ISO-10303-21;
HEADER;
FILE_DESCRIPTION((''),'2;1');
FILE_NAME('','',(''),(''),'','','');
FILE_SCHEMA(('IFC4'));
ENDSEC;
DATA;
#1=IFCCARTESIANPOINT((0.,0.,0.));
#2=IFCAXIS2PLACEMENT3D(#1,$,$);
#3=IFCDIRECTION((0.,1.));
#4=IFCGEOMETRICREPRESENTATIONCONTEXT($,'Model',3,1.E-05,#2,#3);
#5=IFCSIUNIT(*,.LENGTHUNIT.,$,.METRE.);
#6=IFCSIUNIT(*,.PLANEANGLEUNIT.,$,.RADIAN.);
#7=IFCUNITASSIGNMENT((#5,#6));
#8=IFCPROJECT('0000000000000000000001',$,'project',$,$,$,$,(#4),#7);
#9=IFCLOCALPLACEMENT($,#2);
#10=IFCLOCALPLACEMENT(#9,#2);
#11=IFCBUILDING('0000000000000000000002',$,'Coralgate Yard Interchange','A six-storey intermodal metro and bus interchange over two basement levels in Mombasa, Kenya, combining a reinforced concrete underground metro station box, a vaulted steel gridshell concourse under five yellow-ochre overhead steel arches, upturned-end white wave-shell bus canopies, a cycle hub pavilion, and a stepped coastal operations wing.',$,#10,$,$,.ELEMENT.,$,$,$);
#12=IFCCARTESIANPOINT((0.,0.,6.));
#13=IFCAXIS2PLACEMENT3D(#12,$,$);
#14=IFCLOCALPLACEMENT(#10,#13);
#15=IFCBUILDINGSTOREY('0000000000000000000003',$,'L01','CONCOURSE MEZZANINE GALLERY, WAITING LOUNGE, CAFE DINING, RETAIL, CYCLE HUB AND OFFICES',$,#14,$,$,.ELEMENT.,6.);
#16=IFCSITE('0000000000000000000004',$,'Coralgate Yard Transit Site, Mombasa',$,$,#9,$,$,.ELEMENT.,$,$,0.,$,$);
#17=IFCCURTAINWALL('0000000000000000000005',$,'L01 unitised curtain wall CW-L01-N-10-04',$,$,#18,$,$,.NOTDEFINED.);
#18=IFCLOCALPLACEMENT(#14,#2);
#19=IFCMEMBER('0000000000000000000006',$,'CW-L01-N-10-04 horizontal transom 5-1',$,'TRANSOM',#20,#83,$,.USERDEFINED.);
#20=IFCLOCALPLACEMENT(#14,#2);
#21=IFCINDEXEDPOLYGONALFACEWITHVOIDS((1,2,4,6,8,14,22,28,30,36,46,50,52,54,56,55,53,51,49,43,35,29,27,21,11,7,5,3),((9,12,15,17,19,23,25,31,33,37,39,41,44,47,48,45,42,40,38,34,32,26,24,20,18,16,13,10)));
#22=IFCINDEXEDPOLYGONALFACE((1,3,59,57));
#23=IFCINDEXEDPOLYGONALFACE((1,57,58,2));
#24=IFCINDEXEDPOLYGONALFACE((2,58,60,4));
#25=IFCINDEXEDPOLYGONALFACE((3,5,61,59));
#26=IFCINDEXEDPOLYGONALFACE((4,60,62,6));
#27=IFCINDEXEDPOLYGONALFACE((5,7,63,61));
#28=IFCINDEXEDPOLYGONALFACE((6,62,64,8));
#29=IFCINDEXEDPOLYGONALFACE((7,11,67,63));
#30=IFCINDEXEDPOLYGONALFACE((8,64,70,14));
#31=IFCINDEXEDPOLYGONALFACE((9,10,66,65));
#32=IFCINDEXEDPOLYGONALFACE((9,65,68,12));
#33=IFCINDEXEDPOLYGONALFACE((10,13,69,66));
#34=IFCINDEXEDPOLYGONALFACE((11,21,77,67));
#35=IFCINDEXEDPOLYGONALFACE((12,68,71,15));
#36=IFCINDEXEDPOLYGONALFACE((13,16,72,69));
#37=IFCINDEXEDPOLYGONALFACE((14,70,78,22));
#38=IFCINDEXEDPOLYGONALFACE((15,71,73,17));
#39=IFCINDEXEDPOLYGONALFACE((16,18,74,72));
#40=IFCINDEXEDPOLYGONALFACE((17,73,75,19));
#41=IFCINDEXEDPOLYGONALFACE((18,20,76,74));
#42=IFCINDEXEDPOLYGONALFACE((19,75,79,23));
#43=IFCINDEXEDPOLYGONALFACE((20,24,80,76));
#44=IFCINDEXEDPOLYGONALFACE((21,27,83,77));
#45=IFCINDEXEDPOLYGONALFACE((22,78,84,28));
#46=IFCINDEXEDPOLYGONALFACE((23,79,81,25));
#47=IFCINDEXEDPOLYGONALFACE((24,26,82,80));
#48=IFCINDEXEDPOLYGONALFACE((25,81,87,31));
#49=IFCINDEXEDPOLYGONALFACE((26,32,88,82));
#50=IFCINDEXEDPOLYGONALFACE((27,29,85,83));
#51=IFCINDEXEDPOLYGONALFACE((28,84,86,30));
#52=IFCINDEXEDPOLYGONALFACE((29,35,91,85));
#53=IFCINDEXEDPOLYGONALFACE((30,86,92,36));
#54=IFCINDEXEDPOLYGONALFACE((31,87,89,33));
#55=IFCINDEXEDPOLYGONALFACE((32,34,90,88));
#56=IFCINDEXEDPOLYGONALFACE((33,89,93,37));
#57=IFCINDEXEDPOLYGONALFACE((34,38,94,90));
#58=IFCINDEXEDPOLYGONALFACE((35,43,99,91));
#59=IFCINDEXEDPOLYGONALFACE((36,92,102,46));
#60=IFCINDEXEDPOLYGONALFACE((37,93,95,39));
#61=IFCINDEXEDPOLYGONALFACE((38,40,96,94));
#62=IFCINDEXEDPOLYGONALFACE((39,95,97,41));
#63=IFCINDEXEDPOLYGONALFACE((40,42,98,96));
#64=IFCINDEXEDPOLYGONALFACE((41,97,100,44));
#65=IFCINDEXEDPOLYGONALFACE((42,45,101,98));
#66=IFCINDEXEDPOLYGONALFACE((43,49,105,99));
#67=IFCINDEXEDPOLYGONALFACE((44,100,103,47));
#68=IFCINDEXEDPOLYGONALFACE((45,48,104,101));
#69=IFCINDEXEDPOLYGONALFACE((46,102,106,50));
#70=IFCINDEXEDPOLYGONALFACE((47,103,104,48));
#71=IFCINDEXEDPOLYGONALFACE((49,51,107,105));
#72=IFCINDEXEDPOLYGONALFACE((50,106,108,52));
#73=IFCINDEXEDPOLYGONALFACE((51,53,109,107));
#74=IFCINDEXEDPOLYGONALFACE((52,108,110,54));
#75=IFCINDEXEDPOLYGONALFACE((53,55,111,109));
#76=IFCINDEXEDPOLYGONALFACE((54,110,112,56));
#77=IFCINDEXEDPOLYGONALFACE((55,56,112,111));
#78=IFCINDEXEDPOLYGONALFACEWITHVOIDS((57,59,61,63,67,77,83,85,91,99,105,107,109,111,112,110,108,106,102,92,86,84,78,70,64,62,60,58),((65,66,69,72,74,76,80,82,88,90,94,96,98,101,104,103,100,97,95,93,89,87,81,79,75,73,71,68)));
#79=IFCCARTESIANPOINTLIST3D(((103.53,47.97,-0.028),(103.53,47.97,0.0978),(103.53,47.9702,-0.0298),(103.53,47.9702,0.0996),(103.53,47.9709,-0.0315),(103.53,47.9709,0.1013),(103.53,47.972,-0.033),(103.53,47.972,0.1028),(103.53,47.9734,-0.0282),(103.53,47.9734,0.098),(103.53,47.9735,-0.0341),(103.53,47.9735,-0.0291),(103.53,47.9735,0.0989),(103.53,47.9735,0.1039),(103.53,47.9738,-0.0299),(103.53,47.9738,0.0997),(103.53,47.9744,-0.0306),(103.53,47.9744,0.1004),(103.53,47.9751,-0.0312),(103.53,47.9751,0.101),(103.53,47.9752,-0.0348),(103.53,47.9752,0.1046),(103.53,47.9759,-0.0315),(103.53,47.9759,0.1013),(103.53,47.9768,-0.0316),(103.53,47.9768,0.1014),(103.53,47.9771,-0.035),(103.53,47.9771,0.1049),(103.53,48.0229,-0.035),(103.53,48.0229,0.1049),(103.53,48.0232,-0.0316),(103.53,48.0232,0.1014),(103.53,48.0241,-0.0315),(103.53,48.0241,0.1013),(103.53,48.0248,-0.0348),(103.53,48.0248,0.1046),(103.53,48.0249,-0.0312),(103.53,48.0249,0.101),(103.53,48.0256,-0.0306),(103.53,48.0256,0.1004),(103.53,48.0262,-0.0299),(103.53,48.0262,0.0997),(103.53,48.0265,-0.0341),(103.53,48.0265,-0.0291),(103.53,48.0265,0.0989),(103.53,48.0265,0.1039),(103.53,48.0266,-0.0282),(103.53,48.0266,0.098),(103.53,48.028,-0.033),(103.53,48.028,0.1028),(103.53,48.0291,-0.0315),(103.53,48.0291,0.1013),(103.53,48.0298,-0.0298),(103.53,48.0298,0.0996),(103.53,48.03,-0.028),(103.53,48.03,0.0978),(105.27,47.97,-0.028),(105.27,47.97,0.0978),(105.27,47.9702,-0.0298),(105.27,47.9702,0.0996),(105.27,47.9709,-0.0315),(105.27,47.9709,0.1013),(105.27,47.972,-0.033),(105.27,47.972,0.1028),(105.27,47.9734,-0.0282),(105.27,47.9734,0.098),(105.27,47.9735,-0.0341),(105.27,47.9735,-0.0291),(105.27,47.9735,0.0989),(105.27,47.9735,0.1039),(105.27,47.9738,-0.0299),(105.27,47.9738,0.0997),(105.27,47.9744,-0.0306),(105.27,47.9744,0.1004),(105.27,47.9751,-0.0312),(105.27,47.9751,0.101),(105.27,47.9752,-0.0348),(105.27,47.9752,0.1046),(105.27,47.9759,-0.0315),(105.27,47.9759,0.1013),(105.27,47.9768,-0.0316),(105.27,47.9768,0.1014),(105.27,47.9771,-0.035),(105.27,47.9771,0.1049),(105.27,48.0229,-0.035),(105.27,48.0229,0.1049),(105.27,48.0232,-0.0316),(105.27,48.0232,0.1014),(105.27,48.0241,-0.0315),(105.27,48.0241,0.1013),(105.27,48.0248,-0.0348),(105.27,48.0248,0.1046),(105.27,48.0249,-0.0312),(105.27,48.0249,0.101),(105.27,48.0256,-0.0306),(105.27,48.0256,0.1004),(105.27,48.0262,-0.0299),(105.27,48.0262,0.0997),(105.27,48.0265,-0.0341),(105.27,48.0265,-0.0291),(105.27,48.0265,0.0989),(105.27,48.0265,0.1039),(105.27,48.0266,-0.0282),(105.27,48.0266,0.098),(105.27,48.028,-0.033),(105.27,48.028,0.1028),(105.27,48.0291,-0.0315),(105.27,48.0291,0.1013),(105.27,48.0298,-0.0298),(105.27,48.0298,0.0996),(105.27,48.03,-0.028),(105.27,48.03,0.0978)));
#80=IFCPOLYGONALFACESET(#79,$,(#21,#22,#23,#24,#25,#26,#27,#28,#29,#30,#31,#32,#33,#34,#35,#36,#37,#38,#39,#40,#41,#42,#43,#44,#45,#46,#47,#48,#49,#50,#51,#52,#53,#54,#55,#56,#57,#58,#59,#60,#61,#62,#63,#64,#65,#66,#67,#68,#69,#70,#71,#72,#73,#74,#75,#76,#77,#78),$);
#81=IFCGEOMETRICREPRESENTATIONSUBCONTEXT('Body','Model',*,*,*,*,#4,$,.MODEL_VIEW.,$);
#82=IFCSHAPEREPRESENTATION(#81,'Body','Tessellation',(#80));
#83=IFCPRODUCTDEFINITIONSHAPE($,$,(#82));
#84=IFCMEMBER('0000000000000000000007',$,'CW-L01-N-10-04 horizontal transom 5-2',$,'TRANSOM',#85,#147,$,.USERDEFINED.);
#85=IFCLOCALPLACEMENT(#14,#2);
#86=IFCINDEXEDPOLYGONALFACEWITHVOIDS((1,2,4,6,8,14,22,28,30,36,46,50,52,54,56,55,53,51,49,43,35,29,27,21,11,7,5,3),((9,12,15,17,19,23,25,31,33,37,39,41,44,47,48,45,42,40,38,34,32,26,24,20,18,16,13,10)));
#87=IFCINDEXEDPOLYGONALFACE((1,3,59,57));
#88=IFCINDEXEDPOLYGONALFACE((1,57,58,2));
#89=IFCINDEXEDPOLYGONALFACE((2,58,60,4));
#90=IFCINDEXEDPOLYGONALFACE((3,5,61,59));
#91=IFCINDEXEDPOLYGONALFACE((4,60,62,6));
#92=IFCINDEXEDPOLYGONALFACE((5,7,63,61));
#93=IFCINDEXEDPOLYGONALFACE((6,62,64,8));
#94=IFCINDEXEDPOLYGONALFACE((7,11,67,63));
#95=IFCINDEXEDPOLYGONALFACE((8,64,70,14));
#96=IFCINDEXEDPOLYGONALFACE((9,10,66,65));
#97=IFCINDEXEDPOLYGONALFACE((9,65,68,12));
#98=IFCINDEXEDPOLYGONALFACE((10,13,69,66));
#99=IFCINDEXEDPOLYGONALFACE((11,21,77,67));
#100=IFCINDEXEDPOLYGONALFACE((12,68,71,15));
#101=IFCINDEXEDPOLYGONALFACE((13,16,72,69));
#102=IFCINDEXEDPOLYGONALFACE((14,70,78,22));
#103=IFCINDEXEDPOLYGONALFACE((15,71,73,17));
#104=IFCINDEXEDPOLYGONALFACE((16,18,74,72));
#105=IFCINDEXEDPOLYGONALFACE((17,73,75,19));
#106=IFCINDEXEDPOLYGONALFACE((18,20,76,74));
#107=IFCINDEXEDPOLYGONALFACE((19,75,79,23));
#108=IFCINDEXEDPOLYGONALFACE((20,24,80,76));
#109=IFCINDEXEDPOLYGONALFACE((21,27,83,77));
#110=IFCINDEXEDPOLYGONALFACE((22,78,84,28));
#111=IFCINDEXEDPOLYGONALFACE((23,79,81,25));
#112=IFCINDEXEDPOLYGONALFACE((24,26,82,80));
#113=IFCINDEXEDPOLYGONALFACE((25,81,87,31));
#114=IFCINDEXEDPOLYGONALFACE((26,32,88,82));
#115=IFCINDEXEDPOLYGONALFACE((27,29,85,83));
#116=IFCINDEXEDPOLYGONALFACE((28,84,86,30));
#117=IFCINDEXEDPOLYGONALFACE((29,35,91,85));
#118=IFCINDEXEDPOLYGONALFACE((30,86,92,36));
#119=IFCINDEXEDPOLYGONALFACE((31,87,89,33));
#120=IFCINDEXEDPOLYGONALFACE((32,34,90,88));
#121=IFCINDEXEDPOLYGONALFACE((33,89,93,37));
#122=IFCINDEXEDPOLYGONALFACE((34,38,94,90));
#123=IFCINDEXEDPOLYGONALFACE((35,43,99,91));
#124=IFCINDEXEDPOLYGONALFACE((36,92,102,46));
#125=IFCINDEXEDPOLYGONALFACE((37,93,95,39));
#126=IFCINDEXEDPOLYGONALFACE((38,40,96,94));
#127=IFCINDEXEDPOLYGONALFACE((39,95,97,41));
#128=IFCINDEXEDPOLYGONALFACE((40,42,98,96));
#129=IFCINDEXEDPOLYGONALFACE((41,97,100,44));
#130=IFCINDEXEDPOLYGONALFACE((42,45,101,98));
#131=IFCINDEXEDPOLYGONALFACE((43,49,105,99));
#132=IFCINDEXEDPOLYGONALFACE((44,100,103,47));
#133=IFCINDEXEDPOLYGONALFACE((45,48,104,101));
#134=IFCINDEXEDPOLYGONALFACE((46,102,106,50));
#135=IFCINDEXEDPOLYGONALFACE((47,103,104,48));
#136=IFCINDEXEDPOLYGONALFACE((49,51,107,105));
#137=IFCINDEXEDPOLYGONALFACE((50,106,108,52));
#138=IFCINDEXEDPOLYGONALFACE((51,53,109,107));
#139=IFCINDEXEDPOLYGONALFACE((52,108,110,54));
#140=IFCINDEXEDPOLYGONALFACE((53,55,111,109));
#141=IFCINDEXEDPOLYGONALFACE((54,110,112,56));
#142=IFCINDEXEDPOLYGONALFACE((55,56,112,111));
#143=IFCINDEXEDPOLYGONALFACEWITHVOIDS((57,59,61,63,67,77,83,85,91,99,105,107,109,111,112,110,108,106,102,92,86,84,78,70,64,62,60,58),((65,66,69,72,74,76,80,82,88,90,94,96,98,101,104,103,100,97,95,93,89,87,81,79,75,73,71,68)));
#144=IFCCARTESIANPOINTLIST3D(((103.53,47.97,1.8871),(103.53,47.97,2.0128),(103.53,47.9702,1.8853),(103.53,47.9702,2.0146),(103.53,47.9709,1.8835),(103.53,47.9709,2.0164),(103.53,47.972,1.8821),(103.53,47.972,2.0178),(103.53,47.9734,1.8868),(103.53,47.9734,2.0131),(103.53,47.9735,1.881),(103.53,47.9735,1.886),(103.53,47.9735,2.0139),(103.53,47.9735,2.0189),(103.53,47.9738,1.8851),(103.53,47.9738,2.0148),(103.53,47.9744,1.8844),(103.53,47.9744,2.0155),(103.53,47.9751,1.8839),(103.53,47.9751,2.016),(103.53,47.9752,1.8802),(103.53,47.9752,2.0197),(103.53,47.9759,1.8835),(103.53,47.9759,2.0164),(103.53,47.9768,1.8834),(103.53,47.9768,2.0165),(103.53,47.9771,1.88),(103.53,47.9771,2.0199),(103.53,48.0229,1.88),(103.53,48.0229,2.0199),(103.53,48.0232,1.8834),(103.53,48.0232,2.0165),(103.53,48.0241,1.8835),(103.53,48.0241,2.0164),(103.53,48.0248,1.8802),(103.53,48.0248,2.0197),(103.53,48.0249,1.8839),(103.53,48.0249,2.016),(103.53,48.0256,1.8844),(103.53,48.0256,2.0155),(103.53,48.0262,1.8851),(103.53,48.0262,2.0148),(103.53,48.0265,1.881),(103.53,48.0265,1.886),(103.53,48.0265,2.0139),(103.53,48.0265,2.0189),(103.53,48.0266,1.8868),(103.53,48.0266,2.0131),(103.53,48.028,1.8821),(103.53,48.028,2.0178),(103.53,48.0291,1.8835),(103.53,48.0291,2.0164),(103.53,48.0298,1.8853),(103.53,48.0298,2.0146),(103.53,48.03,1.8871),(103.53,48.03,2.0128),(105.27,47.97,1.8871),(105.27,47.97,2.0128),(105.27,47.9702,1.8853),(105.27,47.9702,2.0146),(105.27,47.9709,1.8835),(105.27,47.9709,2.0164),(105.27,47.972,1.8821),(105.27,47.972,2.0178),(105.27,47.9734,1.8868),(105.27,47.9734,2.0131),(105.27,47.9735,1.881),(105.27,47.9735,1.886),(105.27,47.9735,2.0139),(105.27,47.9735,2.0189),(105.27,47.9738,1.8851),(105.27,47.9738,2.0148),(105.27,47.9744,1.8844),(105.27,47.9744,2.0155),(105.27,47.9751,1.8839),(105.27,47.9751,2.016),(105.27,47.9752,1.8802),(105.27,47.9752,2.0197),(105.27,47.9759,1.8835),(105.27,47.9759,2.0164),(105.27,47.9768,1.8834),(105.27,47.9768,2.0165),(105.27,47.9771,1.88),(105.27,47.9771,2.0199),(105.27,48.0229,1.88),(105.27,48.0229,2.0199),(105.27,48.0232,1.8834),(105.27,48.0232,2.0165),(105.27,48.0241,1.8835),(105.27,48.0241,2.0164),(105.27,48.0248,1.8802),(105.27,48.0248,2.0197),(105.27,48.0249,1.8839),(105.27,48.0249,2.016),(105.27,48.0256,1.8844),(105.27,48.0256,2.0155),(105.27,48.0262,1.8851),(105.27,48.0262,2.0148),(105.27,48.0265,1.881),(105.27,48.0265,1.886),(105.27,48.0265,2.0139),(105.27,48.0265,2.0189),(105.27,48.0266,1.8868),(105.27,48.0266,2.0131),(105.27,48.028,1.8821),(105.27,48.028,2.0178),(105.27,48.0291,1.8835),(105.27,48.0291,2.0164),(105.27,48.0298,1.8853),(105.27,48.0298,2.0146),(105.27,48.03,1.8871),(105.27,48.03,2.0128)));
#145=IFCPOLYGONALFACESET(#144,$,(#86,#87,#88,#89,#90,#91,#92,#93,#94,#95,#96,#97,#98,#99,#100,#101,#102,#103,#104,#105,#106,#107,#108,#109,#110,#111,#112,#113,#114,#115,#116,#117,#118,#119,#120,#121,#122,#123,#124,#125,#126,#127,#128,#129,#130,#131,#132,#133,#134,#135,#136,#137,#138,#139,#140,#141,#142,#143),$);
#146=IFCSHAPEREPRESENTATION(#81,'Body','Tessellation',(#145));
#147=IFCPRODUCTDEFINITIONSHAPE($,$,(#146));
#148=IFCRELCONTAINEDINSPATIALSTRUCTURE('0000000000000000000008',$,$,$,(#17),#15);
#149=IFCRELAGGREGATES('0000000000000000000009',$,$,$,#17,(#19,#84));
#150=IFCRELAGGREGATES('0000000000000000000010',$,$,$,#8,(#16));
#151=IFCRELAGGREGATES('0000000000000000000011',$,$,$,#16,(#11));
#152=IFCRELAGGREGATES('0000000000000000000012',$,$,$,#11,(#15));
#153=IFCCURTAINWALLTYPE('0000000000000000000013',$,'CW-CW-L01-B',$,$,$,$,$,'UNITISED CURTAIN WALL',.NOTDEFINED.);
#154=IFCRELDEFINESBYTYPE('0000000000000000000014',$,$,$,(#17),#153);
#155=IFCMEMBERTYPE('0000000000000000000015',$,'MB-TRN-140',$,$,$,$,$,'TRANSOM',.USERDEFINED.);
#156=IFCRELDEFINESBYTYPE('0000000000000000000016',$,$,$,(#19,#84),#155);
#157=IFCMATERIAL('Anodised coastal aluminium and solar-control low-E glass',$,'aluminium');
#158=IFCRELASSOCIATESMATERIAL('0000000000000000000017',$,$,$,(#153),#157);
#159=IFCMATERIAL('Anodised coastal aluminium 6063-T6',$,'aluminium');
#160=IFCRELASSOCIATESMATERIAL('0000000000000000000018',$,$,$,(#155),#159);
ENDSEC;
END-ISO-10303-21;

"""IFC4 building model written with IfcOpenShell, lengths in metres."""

from ifc_helpers import new_model, si_unit, direction, frame, origin, origin_2d, place, context, subcontext, project, spatial, hollow_rectangle, extrude, material, material_profile, profile_set, type_object, element, aggregate, save


model = new_model("IFC4")

# Units and contexts
model_context = context("Model", 3, precision=1e-05, world=origin(), true_north=direction((0.0, 1.0)))
body_context = subcontext(model_context, "Body", "Model", "MODEL_VIEW")
ifc_project = project(units=[si_unit("LENGTHUNIT", "METRE"), si_unit("PLANEANGLEUNIT", "RADIAN")], contexts=[model_context])

# Site, building, storey
site_placement = place(None, origin())
site = spatial("IfcSite", under=ifc_project, at=site_placement, Name="Coralgate Yard Transit Site, Mombasa", CompositionType="ELEMENT", RefElevation=0.0)
building_placement = place(site_placement, origin())
building = spatial("IfcBuilding", under=site, at=building_placement, Name="Coralgate Yard Interchange", Description="A six-storey intermodal metro and bus interchange over two basement levels in Mombasa, Kenya, combining a reinforced concrete underground metro station box, a vaulted steel gridshell concourse under five yellow-ochre overhead steel arches, upturned-end white wave-shell bus canopies, a cycle hub pavilion, and a stepped coastal operations wing.", CompositionType="ELEMENT")
storey_placement = place(building_placement, frame((0.0, 0.0, 6.0)))
storey = spatial("IfcBuildingStorey", under=building, at=storey_placement, Name="L01", Description="CONCOURSE MEZZANINE GALLERY, WAITING LOUNGE, CAFE DINING, RETAIL, CYCLE HUB AND OFFICES", CompositionType="ELEMENT", Elevation=6.0)

# Curtain wall
ifc_material_1 = material(Name="Anodised coastal aluminium and solar-control low-E glass", Category="aluminium")
curtain_wall_type = type_object("IfcCurtainWallType", Name="CW-CW-L01-B", ElementType="UNITISED CURTAIN WALL", PredefinedType="NOTDEFINED", material=ifc_material_1)
curtain_wall_1_placement = place(storey_placement, origin())
curtain_wall_1 = element("IfcCurtainWall", 1, at=curtain_wall_1_placement, inside=storey, type_object=curtain_wall_type, Name="L01 unitised curtain wall CW-L01-N-10-04", PredefinedType="NOTDEFINED")
ifc_material_2 = material(Name="Anodised coastal aluminium 6063-T6", Category="aluminium")

# Members
ifc_material_profile_1 = material_profile(ifc_material_2, hollow_rectangle(XDim=0.0601, YDim=0.1399, WallThickness=0.0034, InnerFilletRadius=0.0034, OuterFilletRadius=0.0071, at=origin_2d()), Name="ALU 60x140x3.5")
ifc_profile_set_1 = profile_set([ifc_material_profile_1], Name="Anodised coastal aluminium 6063-T6")
member_type_1 = type_object("IfcMemberType", Name="MB-TRN-140", ElementType="TRANSOM", PredefinedType="USERDEFINED", material=ifc_profile_set_1)
member_1_placement = place(storey_placement, frame((103.53, 48.0, 0.0349), z_axis=(1.0, 0.0, 0.0), x_axis=(0.0, 1.0, 0.0)))
member_1 = element("IfcMember", 2, at=member_1_placement, type_object=member_type_1, Name="CW-L01-N-10-04 horizontal transom 5-1", ObjectType="TRANSOM", PredefinedType="USERDEFINED", context=body_context, shape_type="SweptSolid", body=[
    extrude(hollow_rectangle(XDim=0.0601, YDim=0.1399, WallThickness=0.0034, InnerFilletRadius=0.0034, OuterFilletRadius=0.0071, at=origin_2d()), origin(), (0.0, 0.0, 1.0), 1.74),
])
member_2_placement = place(storey_placement, frame((103.53, 48.0, 1.95), z_axis=(1.0, 0.0, 0.0), x_axis=(0.0, 1.0, 0.0)))
member_2 = element("IfcMember", 3, at=member_2_placement, type_object=member_type_1, Name="CW-L01-N-10-04 horizontal transom 5-2", ObjectType="TRANSOM", PredefinedType="USERDEFINED", context=body_context, shape_type="SweptSolid", body=[
    extrude(hollow_rectangle(XDim=0.0601, YDim=0.1399, WallThickness=0.0034, InnerFilletRadius=0.0034, OuterFilletRadius=0.0071, at=origin_2d()), origin(), (0.0, 0.0, 1.0), 1.74),
])

aggregate(curtain_wall_1, [member_1, member_2])

save(model, "model.ifc")
